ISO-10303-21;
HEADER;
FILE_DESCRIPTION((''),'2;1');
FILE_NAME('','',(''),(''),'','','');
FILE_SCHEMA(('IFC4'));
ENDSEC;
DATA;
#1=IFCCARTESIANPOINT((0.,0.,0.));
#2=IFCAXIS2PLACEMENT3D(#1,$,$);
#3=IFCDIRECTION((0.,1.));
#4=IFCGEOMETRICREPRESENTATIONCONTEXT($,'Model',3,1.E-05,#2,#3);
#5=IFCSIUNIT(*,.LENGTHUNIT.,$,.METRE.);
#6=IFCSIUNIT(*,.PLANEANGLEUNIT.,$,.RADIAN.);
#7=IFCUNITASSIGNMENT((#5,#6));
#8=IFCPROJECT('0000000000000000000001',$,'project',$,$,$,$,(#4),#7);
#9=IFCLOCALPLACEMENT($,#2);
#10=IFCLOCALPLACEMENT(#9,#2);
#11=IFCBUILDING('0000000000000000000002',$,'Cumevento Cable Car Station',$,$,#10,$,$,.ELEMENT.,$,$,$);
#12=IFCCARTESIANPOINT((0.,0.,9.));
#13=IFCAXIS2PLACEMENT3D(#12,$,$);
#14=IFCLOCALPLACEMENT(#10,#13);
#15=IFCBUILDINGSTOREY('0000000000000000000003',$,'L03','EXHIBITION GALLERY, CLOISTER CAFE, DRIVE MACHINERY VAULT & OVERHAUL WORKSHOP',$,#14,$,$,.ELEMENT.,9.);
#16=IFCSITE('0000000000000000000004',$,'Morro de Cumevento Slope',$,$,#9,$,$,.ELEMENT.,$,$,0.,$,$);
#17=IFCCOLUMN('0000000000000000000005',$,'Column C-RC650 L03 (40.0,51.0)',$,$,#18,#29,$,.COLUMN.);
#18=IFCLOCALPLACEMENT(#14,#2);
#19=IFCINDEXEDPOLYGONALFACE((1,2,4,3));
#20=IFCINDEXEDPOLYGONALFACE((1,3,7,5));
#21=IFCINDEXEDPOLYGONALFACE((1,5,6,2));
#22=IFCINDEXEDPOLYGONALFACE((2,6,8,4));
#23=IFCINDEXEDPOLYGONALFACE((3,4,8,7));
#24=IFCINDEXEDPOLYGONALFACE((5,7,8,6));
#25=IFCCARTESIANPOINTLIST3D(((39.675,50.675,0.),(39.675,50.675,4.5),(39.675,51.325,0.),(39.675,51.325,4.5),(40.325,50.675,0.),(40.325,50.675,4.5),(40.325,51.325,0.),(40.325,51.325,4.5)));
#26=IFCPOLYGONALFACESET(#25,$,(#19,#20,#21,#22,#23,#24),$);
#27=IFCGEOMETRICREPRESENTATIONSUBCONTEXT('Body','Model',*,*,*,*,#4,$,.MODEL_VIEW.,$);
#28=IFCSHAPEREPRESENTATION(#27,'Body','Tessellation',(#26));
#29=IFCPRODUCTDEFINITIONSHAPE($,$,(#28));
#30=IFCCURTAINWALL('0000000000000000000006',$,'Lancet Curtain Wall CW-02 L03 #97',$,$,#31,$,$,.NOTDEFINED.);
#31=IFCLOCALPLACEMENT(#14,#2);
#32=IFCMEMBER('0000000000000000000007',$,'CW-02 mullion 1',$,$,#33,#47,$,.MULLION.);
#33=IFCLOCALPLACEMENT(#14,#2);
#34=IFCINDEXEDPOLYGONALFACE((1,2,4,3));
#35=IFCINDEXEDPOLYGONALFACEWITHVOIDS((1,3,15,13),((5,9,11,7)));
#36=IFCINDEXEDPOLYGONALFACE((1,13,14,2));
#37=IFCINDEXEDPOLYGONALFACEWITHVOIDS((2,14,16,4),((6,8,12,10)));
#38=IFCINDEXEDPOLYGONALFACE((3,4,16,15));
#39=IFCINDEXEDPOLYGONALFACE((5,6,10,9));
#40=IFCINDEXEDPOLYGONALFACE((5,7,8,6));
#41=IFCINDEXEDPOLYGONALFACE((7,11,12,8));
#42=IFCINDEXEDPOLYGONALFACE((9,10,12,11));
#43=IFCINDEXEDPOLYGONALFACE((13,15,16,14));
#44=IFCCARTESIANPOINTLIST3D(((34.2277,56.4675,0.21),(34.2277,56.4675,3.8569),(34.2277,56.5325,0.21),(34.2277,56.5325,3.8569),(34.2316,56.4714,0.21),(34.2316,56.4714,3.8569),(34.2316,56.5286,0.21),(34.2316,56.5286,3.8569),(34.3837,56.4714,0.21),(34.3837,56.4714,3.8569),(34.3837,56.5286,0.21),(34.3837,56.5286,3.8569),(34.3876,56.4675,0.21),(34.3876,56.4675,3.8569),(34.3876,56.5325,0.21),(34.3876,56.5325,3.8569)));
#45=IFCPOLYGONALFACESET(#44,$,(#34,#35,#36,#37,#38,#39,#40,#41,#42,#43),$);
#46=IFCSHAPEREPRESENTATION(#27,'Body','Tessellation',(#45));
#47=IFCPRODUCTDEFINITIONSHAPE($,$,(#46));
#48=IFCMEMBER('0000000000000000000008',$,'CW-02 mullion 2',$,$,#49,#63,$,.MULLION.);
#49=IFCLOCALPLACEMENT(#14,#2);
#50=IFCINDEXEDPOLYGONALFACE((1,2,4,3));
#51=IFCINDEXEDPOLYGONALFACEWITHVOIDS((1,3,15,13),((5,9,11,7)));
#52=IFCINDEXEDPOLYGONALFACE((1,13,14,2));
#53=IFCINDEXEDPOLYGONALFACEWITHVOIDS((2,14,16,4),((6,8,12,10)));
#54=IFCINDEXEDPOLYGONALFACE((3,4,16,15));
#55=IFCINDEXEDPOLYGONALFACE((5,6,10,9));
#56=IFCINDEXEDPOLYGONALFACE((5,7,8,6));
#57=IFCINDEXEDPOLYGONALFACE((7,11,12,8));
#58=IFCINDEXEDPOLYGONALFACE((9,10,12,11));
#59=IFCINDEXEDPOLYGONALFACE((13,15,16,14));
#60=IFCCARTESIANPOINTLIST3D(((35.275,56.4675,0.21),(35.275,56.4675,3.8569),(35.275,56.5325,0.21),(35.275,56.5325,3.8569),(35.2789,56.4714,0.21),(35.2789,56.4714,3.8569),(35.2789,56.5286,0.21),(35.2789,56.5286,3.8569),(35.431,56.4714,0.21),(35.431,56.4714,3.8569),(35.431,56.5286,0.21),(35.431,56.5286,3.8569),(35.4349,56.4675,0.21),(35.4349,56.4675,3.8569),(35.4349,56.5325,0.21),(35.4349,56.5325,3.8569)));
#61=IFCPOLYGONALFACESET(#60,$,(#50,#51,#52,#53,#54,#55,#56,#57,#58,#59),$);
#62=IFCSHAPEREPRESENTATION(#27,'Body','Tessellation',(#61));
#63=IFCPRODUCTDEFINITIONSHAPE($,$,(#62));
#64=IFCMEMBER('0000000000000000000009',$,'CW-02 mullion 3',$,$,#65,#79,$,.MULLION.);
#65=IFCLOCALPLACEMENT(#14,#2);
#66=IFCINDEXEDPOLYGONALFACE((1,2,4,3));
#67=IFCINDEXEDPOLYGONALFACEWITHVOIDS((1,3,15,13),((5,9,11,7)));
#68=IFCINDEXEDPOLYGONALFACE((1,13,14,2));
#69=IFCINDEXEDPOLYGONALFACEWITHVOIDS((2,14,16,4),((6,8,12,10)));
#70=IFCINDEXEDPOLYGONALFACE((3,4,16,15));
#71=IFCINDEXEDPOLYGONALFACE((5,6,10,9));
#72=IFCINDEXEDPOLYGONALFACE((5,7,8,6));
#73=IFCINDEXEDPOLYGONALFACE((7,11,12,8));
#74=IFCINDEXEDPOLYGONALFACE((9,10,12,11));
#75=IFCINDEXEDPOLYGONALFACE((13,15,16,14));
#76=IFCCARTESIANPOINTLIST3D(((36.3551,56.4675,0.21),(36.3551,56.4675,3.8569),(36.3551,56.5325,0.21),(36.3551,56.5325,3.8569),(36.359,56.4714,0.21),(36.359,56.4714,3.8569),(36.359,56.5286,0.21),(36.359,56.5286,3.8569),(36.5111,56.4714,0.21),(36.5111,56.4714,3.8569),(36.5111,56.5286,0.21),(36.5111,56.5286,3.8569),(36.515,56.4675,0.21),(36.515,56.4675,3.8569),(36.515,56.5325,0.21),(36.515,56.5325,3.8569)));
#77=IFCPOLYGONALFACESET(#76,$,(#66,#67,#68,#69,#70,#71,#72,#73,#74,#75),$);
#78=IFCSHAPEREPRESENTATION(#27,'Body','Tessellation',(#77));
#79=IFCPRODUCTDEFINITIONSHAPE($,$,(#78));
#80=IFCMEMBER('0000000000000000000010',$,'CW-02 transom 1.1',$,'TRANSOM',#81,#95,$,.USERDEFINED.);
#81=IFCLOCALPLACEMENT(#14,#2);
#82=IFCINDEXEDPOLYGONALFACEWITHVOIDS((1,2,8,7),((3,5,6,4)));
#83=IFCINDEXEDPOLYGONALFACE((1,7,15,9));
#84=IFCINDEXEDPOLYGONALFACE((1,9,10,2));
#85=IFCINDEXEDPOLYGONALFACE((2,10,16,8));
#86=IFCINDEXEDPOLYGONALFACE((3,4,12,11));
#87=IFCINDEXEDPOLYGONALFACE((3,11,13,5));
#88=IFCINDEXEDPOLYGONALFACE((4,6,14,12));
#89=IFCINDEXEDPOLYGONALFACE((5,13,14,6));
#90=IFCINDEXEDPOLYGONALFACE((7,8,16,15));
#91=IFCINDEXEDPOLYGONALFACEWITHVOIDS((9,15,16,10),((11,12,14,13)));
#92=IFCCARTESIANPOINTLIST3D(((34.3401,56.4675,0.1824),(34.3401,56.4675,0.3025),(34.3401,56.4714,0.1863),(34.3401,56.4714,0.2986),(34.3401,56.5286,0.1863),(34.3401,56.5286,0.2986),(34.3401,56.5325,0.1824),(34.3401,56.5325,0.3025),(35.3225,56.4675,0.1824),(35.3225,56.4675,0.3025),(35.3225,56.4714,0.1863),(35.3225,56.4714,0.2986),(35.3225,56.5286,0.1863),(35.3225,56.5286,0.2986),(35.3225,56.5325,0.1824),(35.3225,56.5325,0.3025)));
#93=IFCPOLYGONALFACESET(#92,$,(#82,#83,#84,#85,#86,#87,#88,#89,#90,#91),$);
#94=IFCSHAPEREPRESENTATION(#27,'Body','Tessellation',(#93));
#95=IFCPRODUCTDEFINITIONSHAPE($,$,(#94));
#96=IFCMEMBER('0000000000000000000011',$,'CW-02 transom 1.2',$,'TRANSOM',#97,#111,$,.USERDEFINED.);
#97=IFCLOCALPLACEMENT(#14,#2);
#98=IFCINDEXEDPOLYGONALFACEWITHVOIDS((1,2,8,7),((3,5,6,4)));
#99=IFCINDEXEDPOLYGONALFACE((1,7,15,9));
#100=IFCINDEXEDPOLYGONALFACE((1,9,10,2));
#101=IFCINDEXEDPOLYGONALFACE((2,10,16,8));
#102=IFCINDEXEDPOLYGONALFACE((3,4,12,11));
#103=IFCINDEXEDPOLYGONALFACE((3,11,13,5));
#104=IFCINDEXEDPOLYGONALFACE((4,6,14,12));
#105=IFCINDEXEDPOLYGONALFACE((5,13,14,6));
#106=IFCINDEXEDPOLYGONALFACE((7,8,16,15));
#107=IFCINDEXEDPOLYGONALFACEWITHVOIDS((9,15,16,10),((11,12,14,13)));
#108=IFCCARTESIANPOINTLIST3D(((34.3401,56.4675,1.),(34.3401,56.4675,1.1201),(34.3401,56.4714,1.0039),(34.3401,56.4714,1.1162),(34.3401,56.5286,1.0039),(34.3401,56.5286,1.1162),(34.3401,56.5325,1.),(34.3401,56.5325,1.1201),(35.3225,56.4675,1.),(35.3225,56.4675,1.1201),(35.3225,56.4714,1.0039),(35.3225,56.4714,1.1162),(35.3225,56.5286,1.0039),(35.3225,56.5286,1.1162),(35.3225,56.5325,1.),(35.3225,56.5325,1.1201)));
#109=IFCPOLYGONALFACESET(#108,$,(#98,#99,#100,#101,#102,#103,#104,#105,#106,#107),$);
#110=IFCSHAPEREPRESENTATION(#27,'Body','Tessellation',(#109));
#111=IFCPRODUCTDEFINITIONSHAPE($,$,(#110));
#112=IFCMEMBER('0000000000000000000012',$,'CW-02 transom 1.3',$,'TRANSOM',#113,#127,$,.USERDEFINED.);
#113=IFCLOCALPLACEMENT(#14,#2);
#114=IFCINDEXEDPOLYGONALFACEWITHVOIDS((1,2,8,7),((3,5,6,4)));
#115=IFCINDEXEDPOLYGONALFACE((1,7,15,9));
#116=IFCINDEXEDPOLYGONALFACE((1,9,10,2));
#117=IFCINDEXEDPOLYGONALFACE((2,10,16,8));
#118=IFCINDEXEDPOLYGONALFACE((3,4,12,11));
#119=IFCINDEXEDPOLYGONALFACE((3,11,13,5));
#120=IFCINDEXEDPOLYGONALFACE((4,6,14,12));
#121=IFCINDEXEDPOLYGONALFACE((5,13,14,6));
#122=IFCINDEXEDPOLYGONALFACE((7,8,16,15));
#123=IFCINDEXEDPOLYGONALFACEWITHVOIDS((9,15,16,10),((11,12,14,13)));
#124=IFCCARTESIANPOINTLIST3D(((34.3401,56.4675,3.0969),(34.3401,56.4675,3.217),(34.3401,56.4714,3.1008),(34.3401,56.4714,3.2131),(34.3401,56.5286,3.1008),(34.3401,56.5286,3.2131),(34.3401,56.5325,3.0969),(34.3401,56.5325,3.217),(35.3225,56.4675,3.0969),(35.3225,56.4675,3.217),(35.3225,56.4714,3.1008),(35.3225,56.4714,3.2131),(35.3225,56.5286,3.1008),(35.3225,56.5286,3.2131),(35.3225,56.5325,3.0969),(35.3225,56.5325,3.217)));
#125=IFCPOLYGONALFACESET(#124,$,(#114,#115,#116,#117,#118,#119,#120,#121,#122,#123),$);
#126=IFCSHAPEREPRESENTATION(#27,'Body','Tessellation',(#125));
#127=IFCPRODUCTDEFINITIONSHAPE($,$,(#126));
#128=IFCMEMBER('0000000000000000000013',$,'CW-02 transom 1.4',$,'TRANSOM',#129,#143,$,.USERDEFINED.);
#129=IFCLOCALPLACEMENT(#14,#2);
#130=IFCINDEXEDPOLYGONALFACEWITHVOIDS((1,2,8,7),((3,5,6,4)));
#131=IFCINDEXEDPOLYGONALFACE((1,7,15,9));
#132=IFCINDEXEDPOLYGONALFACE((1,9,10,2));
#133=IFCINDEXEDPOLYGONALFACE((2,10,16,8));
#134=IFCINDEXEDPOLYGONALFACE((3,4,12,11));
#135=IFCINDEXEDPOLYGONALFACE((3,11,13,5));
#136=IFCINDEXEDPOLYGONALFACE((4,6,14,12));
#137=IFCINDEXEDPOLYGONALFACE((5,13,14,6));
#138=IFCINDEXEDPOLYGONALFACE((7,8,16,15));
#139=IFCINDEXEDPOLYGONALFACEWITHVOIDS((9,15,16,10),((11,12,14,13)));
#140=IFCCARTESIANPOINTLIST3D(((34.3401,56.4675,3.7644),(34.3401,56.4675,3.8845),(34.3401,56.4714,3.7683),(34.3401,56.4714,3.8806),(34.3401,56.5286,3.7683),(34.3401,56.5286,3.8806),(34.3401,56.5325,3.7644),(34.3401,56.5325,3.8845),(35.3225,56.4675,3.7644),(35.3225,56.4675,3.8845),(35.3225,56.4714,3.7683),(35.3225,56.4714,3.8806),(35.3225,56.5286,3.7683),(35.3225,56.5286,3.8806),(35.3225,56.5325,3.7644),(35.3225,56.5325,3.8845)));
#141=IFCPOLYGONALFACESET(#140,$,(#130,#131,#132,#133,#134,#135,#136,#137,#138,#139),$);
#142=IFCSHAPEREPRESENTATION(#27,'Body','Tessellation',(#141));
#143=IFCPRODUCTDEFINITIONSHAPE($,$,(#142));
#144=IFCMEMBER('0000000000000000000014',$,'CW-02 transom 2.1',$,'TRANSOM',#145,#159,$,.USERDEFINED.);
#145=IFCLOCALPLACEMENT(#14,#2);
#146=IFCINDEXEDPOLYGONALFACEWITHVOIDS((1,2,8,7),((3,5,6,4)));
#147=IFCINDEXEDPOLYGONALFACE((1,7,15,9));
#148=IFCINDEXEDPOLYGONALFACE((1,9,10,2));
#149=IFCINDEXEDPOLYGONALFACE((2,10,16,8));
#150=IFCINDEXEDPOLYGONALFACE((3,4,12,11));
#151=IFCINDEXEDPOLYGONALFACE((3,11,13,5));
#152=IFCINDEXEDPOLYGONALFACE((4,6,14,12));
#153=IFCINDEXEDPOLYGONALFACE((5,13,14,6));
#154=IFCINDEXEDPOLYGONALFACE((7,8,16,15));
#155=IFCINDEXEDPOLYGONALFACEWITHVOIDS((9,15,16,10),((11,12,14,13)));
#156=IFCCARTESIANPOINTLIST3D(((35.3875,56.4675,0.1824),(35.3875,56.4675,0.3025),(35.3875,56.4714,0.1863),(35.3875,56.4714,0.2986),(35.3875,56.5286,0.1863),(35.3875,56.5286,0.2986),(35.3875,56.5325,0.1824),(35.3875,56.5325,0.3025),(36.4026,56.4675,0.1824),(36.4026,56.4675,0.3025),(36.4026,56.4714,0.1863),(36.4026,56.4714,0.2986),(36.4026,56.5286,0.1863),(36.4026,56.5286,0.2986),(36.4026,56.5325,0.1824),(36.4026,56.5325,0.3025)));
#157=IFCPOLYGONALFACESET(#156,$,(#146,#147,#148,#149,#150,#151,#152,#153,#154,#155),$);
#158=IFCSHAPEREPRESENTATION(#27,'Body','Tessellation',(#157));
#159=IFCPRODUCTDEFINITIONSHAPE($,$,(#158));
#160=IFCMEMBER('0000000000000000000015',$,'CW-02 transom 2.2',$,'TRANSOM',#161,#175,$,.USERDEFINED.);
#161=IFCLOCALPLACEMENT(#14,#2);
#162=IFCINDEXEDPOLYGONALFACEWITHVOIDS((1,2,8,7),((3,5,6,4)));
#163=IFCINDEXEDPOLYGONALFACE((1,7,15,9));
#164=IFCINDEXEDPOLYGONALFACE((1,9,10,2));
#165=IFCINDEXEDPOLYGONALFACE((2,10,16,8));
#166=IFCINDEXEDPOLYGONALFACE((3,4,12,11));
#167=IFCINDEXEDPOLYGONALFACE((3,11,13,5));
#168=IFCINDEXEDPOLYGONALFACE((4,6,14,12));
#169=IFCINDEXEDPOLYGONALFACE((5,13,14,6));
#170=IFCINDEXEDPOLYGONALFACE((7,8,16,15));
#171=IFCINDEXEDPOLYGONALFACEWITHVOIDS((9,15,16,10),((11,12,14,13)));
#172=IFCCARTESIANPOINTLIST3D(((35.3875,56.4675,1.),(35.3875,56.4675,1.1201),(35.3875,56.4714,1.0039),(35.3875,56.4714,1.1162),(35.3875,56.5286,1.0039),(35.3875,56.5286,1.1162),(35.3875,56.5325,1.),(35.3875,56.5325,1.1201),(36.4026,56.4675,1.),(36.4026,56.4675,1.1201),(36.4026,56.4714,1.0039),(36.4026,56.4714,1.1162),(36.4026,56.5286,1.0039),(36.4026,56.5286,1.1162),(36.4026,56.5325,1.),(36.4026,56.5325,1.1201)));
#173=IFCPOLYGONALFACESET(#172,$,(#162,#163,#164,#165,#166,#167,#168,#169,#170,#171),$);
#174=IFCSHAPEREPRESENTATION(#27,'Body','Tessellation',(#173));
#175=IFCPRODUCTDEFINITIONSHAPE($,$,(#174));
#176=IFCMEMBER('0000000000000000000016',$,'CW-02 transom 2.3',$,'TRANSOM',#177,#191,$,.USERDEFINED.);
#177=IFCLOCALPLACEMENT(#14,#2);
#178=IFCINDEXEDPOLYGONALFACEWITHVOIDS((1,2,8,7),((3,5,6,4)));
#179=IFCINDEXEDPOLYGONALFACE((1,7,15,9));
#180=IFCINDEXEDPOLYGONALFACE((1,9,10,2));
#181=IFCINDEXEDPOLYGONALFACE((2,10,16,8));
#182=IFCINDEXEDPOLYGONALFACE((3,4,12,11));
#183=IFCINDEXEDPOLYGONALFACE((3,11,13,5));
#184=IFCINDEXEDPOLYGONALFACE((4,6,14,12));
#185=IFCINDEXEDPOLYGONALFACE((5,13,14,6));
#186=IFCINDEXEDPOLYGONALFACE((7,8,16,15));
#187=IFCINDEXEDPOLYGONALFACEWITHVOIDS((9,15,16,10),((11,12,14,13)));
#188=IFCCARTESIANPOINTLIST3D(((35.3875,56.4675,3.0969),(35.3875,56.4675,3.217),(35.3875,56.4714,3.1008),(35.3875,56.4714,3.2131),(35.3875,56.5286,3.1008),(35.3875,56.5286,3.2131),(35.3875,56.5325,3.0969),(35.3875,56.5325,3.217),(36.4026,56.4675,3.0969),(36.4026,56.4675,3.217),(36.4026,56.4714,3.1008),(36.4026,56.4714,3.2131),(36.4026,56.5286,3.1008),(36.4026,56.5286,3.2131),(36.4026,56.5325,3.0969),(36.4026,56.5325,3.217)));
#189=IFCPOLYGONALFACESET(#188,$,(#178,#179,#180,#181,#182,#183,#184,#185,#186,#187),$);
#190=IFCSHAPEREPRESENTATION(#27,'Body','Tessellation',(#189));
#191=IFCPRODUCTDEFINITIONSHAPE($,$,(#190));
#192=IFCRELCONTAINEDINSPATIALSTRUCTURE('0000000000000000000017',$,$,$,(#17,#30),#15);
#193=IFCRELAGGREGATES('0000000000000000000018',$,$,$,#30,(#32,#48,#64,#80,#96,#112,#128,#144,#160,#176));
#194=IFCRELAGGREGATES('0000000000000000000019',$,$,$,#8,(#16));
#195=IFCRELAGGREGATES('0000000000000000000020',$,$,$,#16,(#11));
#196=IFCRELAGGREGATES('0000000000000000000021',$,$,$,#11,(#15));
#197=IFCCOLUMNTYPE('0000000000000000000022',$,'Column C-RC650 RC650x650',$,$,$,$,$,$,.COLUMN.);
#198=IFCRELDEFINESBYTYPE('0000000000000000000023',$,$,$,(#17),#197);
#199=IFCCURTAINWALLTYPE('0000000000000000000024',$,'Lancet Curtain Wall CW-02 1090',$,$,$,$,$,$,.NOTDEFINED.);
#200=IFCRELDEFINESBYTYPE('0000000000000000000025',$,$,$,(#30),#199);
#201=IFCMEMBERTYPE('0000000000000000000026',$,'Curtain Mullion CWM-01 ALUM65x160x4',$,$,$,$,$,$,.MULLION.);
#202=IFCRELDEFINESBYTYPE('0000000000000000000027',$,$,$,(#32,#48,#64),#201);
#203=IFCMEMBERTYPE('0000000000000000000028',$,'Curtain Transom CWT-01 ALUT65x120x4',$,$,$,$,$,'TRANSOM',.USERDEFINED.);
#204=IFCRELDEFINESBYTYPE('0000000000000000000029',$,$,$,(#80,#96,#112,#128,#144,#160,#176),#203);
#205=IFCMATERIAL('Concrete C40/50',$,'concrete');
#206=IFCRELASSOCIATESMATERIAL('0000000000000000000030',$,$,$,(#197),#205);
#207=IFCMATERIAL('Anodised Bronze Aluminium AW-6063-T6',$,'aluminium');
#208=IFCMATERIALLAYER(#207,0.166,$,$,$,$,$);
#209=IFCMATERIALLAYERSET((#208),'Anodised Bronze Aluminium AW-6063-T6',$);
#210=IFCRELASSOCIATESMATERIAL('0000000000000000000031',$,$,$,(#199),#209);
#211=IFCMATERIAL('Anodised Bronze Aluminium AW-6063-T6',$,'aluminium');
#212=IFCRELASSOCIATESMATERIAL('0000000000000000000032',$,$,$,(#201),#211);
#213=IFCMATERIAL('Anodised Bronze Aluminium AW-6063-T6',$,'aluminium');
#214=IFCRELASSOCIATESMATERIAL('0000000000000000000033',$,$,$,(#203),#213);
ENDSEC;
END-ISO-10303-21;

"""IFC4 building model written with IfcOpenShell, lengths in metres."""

from ifc_helpers import new_model, si_unit, direction, frame, origin, origin_2d, place, context, subcontext, project, spatial, rectangle, hollow_rectangle, extrude, material, layer, layer_set, material_profile, profile_set, type_object, element, aggregate, save


model = new_model("IFC4")

# Units and contexts
model_context = context("Model", 3, precision=1e-05, world=origin(), true_north=direction((0.0, 1.0)))
body_context = subcontext(model_context, "Body", "Model", "MODEL_VIEW")
ifc_project = project(units=[si_unit("LENGTHUNIT", "METRE"), si_unit("PLANEANGLEUNIT", "RADIAN")], contexts=[model_context])

# Site, building, storey
site_placement = place(None, origin())
site = spatial("IfcSite", under=ifc_project, at=site_placement, Name="Morro de Cumevento Slope", CompositionType="ELEMENT", RefElevation=0.0)
building_placement = place(site_placement, origin())
building = spatial("IfcBuilding", under=site, at=building_placement, Name="Cumevento Cable Car Station", CompositionType="ELEMENT")
storey_placement = place(building_placement, frame((0.0, 0.0, 9.0)))
storey = spatial("IfcBuildingStorey", under=building, at=storey_placement, Name="L03", Description="EXHIBITION GALLERY, CLOISTER CAFE, DRIVE MACHINERY VAULT & OVERHAUL WORKSHOP", CompositionType="ELEMENT", Elevation=9.0)

# Column
ifc_material_1 = material(Name="Concrete C40/50", Category="concrete")
ifc_material_profile_1 = material_profile(ifc_material_1, rectangle(XDim=0.6499, YDim=0.6499, at=origin_2d()), Name="RC650x650")
ifc_profile_set_1 = profile_set([ifc_material_profile_1], Name="Concrete C40/50")
column_type = type_object("IfcColumnType", Name="Column C-RC650 RC650x650", PredefinedType="COLUMN", material=ifc_profile_set_1)
column_placement = place(storey_placement, frame((40.0, 51.0, 0.0), z_axis=(0.0, 0.0, 1.0), x_axis=(1.0, 0.0, 0.0)))
element("IfcColumn", 1, at=column_placement, inside=storey, type_object=column_type, Name="Column C-RC650 L03 (40.0,51.0)", PredefinedType="COLUMN", context=body_context, shape_type="SweptSolid", body=[
    extrude(rectangle(XDim=0.6499, YDim=0.6499, at=origin_2d()), origin(), (0.0, 0.0, 1.0), 4.5),
])

# Curtain wall, members
ifc_material_2 = material(Name="Anodised Bronze Aluminium AW-6063-T6", Category="aluminium")
ifc_layer_1 = layer(ifc_material_2, 0.166)
ifc_layer_set_1 = layer_set([ifc_layer_1], Name="Anodised Bronze Aluminium AW-6063-T6")
curtain_wall_type = type_object("IfcCurtainWallType", Name="Lancet Curtain Wall CW-02 1090", PredefinedType="NOTDEFINED", material=ifc_layer_set_1)
curtain_wall_placement = place(storey_placement, origin())
curtain_wall = element("IfcCurtainWall", 2, at=curtain_wall_placement, inside=storey, type_object=curtain_wall_type, Name="Lancet Curtain Wall CW-02 L03 #97", PredefinedType="NOTDEFINED")
ifc_material_3 = material(Name="Anodised Bronze Aluminium AW-6063-T6", Category="aluminium")
ifc_material_profile_2 = material_profile(ifc_material_3, hollow_rectangle(XDim=0.0649, YDim=0.1599, WallThickness=0.0039, at=origin_2d()), Name="ALUM65x160x4")
ifc_profile_set_2 = profile_set([ifc_material_profile_2], Name="Anodised Bronze Aluminium AW-6063-T6")
member_type_1 = type_object("IfcMemberType", Name="Curtain Mullion CWM-01 ALUM65x160x4", PredefinedType="MULLION", material=ifc_profile_set_2)
member_1_placement = place(storey_placement, frame((34.3076, 56.5, 0.21), z_axis=(0.0, 0.0, 1.0), x_axis=(0.0, 1.0, 0.0)))
member_1 = element("IfcMember", 3, at=member_1_placement, type_object=member_type_1, Name="CW-02 mullion 1", PredefinedType="MULLION", context=body_context, shape_type="SweptSolid", body=[
    extrude(hollow_rectangle(XDim=0.0649, YDim=0.1599, WallThickness=0.0039, at=origin_2d()), origin(), (0.0, 0.0, 1.0), 3.647),
])
member_2_placement = place(storey_placement, frame((35.355, 56.5, 0.21), z_axis=(0.0, 0.0, 1.0), x_axis=(0.0, 1.0, 0.0)))
member_2 = element("IfcMember", 4, at=member_2_placement, type_object=member_type_1, Name="CW-02 mullion 2", PredefinedType="MULLION", context=body_context, shape_type="SweptSolid", body=[
    extrude(hollow_rectangle(XDim=0.0649, YDim=0.1599, WallThickness=0.0039, at=origin_2d()), origin(), (0.0, 0.0, 1.0), 3.647),
])
member_3_placement = place(storey_placement, frame((36.4351, 56.5, 0.21), z_axis=(0.0, 0.0, 1.0), x_axis=(0.0, 1.0, 0.0)))
member_3 = element("IfcMember", 5, at=member_3_placement, type_object=member_type_1, Name="CW-02 mullion 3", PredefinedType="MULLION", context=body_context, shape_type="SweptSolid", body=[
    extrude(hollow_rectangle(XDim=0.0649, YDim=0.1599, WallThickness=0.0039, at=origin_2d()), origin(), (0.0, 0.0, 1.0), 3.647),
])
ifc_material_4 = material(Name="Anodised Bronze Aluminium AW-6063-T6", Category="aluminium")
ifc_material_profile_3 = material_profile(ifc_material_4, hollow_rectangle(XDim=0.0649, YDim=0.1201, WallThickness=0.0039, at=origin_2d()), Name="ALUT65x120x4")
ifc_profile_set_3 = profile_set([ifc_material_profile_3], Name="Anodised Bronze Aluminium AW-6063-T6")
member_type_2 = type_object("IfcMemberType", Name="Curtain Transom CWT-01 ALUT65x120x4", ElementType="TRANSOM", PredefinedType="USERDEFINED", material=ifc_profile_set_3)
member_4_placement = place(storey_placement, frame((34.3401, 56.5, 0.2424), z_axis=(1.0, 0.0, 0.0), x_axis=(0.0, 1.0, 0.0)))
member_4 = element("IfcMember", 6, at=member_4_placement, type_object=member_type_2, Name="CW-02 transom 1.1", ObjectType="TRANSOM", PredefinedType="USERDEFINED", context=body_context, shape_type="SweptSolid", body=[
    extrude(hollow_rectangle(XDim=0.0649, YDim=0.1201, WallThickness=0.0039, at=origin_2d()), origin(), (0.0, 0.0, 1.0), 0.9824),
])
member_5_placement = place(storey_placement, frame((34.3401, 56.5, 1.0601), z_axis=(1.0, 0.0, 0.0), x_axis=(0.0, 1.0, 0.0)))
member_5 = element("IfcMember", 7, at=member_5_placement, type_object=member_type_2, Name="CW-02 transom 1.2", ObjectType="TRANSOM", PredefinedType="USERDEFINED", context=body_context, shape_type="SweptSolid", body=[
    extrude(hollow_rectangle(XDim=0.0649, YDim=0.1201, WallThickness=0.0039, at=origin_2d()), origin(), (0.0, 0.0, 1.0), 0.9824),
])
member_6_placement = place(storey_placement, frame((34.3401, 56.5, 3.157), z_axis=(1.0, 0.0, 0.0), x_axis=(0.0, 1.0, 0.0)))
member_6 = element("IfcMember", 8, at=member_6_placement, type_object=member_type_2, Name="CW-02 transom 1.3", ObjectType="TRANSOM", PredefinedType="USERDEFINED", context=body_context, shape_type="SweptSolid", body=[
    extrude(hollow_rectangle(XDim=0.0649, YDim=0.1201, WallThickness=0.0039, at=origin_2d()), origin(), (0.0, 0.0, 1.0), 0.9824),
])
member_7_placement = place(storey_placement, frame((34.3401, 56.5, 3.8245), z_axis=(1.0, 0.0, 0.0), x_axis=(0.0, 1.0, 0.0)))
member_7 = element("IfcMember", 9, at=member_7_placement, type_object=member_type_2, Name="CW-02 transom 1.4", ObjectType="TRANSOM", PredefinedType="USERDEFINED", context=body_context, shape_type="SweptSolid", body=[
    extrude(hollow_rectangle(XDim=0.0649, YDim=0.1201, WallThickness=0.0039, at=origin_2d()), origin(), (0.0, 0.0, 1.0), 0.9824),
])
member_8_placement = place(storey_placement, frame((35.3875, 56.5, 0.2424), z_axis=(1.0, 0.0, 0.0), x_axis=(0.0, 1.0, 0.0)))
member_8 = element("IfcMember", 10, at=member_8_placement, type_object=member_type_2, Name="CW-02 transom 2.1", ObjectType="TRANSOM", PredefinedType="USERDEFINED", context=body_context, shape_type="SweptSolid", body=[
    extrude(hollow_rectangle(XDim=0.0649, YDim=0.1201, WallThickness=0.0039, at=origin_2d()), origin(), (0.0, 0.0, 1.0), 1.0151),
])
member_9_placement = place(storey_placement, frame((35.3875, 56.5, 1.0601), z_axis=(1.0, 0.0, 0.0), x_axis=(0.0, 1.0, 0.0)))
member_9 = element("IfcMember", 11, at=member_9_placement, type_object=member_type_2, Name="CW-02 transom 2.2", ObjectType="TRANSOM", PredefinedType="USERDEFINED", context=body_context, shape_type="SweptSolid", body=[
    extrude(hollow_rectangle(XDim=0.0649, YDim=0.1201, WallThickness=0.0039, at=origin_2d()), origin(), (0.0, 0.0, 1.0), 1.0151),
])
member_10_placement = place(storey_placement, frame((35.3875, 56.5, 3.157), z_axis=(1.0, 0.0, 0.0), x_axis=(0.0, 1.0, 0.0)))
member_10 = element("IfcMember", 12, at=member_10_placement, type_object=member_type_2, Name="CW-02 transom 2.3", ObjectType="TRANSOM", PredefinedType="USERDEFINED", context=body_context, shape_type="SweptSolid", body=[
    extrude(hollow_rectangle(XDim=0.0649, YDim=0.1201, WallThickness=0.0039, at=origin_2d()), origin(), (0.0, 0.0, 1.0), 1.0151),
])

aggregate(curtain_wall, [member_1, member_2, member_3, member_4, member_5, member_6, member_7, member_8, member_9, member_10])

save(model, "model.ifc")
